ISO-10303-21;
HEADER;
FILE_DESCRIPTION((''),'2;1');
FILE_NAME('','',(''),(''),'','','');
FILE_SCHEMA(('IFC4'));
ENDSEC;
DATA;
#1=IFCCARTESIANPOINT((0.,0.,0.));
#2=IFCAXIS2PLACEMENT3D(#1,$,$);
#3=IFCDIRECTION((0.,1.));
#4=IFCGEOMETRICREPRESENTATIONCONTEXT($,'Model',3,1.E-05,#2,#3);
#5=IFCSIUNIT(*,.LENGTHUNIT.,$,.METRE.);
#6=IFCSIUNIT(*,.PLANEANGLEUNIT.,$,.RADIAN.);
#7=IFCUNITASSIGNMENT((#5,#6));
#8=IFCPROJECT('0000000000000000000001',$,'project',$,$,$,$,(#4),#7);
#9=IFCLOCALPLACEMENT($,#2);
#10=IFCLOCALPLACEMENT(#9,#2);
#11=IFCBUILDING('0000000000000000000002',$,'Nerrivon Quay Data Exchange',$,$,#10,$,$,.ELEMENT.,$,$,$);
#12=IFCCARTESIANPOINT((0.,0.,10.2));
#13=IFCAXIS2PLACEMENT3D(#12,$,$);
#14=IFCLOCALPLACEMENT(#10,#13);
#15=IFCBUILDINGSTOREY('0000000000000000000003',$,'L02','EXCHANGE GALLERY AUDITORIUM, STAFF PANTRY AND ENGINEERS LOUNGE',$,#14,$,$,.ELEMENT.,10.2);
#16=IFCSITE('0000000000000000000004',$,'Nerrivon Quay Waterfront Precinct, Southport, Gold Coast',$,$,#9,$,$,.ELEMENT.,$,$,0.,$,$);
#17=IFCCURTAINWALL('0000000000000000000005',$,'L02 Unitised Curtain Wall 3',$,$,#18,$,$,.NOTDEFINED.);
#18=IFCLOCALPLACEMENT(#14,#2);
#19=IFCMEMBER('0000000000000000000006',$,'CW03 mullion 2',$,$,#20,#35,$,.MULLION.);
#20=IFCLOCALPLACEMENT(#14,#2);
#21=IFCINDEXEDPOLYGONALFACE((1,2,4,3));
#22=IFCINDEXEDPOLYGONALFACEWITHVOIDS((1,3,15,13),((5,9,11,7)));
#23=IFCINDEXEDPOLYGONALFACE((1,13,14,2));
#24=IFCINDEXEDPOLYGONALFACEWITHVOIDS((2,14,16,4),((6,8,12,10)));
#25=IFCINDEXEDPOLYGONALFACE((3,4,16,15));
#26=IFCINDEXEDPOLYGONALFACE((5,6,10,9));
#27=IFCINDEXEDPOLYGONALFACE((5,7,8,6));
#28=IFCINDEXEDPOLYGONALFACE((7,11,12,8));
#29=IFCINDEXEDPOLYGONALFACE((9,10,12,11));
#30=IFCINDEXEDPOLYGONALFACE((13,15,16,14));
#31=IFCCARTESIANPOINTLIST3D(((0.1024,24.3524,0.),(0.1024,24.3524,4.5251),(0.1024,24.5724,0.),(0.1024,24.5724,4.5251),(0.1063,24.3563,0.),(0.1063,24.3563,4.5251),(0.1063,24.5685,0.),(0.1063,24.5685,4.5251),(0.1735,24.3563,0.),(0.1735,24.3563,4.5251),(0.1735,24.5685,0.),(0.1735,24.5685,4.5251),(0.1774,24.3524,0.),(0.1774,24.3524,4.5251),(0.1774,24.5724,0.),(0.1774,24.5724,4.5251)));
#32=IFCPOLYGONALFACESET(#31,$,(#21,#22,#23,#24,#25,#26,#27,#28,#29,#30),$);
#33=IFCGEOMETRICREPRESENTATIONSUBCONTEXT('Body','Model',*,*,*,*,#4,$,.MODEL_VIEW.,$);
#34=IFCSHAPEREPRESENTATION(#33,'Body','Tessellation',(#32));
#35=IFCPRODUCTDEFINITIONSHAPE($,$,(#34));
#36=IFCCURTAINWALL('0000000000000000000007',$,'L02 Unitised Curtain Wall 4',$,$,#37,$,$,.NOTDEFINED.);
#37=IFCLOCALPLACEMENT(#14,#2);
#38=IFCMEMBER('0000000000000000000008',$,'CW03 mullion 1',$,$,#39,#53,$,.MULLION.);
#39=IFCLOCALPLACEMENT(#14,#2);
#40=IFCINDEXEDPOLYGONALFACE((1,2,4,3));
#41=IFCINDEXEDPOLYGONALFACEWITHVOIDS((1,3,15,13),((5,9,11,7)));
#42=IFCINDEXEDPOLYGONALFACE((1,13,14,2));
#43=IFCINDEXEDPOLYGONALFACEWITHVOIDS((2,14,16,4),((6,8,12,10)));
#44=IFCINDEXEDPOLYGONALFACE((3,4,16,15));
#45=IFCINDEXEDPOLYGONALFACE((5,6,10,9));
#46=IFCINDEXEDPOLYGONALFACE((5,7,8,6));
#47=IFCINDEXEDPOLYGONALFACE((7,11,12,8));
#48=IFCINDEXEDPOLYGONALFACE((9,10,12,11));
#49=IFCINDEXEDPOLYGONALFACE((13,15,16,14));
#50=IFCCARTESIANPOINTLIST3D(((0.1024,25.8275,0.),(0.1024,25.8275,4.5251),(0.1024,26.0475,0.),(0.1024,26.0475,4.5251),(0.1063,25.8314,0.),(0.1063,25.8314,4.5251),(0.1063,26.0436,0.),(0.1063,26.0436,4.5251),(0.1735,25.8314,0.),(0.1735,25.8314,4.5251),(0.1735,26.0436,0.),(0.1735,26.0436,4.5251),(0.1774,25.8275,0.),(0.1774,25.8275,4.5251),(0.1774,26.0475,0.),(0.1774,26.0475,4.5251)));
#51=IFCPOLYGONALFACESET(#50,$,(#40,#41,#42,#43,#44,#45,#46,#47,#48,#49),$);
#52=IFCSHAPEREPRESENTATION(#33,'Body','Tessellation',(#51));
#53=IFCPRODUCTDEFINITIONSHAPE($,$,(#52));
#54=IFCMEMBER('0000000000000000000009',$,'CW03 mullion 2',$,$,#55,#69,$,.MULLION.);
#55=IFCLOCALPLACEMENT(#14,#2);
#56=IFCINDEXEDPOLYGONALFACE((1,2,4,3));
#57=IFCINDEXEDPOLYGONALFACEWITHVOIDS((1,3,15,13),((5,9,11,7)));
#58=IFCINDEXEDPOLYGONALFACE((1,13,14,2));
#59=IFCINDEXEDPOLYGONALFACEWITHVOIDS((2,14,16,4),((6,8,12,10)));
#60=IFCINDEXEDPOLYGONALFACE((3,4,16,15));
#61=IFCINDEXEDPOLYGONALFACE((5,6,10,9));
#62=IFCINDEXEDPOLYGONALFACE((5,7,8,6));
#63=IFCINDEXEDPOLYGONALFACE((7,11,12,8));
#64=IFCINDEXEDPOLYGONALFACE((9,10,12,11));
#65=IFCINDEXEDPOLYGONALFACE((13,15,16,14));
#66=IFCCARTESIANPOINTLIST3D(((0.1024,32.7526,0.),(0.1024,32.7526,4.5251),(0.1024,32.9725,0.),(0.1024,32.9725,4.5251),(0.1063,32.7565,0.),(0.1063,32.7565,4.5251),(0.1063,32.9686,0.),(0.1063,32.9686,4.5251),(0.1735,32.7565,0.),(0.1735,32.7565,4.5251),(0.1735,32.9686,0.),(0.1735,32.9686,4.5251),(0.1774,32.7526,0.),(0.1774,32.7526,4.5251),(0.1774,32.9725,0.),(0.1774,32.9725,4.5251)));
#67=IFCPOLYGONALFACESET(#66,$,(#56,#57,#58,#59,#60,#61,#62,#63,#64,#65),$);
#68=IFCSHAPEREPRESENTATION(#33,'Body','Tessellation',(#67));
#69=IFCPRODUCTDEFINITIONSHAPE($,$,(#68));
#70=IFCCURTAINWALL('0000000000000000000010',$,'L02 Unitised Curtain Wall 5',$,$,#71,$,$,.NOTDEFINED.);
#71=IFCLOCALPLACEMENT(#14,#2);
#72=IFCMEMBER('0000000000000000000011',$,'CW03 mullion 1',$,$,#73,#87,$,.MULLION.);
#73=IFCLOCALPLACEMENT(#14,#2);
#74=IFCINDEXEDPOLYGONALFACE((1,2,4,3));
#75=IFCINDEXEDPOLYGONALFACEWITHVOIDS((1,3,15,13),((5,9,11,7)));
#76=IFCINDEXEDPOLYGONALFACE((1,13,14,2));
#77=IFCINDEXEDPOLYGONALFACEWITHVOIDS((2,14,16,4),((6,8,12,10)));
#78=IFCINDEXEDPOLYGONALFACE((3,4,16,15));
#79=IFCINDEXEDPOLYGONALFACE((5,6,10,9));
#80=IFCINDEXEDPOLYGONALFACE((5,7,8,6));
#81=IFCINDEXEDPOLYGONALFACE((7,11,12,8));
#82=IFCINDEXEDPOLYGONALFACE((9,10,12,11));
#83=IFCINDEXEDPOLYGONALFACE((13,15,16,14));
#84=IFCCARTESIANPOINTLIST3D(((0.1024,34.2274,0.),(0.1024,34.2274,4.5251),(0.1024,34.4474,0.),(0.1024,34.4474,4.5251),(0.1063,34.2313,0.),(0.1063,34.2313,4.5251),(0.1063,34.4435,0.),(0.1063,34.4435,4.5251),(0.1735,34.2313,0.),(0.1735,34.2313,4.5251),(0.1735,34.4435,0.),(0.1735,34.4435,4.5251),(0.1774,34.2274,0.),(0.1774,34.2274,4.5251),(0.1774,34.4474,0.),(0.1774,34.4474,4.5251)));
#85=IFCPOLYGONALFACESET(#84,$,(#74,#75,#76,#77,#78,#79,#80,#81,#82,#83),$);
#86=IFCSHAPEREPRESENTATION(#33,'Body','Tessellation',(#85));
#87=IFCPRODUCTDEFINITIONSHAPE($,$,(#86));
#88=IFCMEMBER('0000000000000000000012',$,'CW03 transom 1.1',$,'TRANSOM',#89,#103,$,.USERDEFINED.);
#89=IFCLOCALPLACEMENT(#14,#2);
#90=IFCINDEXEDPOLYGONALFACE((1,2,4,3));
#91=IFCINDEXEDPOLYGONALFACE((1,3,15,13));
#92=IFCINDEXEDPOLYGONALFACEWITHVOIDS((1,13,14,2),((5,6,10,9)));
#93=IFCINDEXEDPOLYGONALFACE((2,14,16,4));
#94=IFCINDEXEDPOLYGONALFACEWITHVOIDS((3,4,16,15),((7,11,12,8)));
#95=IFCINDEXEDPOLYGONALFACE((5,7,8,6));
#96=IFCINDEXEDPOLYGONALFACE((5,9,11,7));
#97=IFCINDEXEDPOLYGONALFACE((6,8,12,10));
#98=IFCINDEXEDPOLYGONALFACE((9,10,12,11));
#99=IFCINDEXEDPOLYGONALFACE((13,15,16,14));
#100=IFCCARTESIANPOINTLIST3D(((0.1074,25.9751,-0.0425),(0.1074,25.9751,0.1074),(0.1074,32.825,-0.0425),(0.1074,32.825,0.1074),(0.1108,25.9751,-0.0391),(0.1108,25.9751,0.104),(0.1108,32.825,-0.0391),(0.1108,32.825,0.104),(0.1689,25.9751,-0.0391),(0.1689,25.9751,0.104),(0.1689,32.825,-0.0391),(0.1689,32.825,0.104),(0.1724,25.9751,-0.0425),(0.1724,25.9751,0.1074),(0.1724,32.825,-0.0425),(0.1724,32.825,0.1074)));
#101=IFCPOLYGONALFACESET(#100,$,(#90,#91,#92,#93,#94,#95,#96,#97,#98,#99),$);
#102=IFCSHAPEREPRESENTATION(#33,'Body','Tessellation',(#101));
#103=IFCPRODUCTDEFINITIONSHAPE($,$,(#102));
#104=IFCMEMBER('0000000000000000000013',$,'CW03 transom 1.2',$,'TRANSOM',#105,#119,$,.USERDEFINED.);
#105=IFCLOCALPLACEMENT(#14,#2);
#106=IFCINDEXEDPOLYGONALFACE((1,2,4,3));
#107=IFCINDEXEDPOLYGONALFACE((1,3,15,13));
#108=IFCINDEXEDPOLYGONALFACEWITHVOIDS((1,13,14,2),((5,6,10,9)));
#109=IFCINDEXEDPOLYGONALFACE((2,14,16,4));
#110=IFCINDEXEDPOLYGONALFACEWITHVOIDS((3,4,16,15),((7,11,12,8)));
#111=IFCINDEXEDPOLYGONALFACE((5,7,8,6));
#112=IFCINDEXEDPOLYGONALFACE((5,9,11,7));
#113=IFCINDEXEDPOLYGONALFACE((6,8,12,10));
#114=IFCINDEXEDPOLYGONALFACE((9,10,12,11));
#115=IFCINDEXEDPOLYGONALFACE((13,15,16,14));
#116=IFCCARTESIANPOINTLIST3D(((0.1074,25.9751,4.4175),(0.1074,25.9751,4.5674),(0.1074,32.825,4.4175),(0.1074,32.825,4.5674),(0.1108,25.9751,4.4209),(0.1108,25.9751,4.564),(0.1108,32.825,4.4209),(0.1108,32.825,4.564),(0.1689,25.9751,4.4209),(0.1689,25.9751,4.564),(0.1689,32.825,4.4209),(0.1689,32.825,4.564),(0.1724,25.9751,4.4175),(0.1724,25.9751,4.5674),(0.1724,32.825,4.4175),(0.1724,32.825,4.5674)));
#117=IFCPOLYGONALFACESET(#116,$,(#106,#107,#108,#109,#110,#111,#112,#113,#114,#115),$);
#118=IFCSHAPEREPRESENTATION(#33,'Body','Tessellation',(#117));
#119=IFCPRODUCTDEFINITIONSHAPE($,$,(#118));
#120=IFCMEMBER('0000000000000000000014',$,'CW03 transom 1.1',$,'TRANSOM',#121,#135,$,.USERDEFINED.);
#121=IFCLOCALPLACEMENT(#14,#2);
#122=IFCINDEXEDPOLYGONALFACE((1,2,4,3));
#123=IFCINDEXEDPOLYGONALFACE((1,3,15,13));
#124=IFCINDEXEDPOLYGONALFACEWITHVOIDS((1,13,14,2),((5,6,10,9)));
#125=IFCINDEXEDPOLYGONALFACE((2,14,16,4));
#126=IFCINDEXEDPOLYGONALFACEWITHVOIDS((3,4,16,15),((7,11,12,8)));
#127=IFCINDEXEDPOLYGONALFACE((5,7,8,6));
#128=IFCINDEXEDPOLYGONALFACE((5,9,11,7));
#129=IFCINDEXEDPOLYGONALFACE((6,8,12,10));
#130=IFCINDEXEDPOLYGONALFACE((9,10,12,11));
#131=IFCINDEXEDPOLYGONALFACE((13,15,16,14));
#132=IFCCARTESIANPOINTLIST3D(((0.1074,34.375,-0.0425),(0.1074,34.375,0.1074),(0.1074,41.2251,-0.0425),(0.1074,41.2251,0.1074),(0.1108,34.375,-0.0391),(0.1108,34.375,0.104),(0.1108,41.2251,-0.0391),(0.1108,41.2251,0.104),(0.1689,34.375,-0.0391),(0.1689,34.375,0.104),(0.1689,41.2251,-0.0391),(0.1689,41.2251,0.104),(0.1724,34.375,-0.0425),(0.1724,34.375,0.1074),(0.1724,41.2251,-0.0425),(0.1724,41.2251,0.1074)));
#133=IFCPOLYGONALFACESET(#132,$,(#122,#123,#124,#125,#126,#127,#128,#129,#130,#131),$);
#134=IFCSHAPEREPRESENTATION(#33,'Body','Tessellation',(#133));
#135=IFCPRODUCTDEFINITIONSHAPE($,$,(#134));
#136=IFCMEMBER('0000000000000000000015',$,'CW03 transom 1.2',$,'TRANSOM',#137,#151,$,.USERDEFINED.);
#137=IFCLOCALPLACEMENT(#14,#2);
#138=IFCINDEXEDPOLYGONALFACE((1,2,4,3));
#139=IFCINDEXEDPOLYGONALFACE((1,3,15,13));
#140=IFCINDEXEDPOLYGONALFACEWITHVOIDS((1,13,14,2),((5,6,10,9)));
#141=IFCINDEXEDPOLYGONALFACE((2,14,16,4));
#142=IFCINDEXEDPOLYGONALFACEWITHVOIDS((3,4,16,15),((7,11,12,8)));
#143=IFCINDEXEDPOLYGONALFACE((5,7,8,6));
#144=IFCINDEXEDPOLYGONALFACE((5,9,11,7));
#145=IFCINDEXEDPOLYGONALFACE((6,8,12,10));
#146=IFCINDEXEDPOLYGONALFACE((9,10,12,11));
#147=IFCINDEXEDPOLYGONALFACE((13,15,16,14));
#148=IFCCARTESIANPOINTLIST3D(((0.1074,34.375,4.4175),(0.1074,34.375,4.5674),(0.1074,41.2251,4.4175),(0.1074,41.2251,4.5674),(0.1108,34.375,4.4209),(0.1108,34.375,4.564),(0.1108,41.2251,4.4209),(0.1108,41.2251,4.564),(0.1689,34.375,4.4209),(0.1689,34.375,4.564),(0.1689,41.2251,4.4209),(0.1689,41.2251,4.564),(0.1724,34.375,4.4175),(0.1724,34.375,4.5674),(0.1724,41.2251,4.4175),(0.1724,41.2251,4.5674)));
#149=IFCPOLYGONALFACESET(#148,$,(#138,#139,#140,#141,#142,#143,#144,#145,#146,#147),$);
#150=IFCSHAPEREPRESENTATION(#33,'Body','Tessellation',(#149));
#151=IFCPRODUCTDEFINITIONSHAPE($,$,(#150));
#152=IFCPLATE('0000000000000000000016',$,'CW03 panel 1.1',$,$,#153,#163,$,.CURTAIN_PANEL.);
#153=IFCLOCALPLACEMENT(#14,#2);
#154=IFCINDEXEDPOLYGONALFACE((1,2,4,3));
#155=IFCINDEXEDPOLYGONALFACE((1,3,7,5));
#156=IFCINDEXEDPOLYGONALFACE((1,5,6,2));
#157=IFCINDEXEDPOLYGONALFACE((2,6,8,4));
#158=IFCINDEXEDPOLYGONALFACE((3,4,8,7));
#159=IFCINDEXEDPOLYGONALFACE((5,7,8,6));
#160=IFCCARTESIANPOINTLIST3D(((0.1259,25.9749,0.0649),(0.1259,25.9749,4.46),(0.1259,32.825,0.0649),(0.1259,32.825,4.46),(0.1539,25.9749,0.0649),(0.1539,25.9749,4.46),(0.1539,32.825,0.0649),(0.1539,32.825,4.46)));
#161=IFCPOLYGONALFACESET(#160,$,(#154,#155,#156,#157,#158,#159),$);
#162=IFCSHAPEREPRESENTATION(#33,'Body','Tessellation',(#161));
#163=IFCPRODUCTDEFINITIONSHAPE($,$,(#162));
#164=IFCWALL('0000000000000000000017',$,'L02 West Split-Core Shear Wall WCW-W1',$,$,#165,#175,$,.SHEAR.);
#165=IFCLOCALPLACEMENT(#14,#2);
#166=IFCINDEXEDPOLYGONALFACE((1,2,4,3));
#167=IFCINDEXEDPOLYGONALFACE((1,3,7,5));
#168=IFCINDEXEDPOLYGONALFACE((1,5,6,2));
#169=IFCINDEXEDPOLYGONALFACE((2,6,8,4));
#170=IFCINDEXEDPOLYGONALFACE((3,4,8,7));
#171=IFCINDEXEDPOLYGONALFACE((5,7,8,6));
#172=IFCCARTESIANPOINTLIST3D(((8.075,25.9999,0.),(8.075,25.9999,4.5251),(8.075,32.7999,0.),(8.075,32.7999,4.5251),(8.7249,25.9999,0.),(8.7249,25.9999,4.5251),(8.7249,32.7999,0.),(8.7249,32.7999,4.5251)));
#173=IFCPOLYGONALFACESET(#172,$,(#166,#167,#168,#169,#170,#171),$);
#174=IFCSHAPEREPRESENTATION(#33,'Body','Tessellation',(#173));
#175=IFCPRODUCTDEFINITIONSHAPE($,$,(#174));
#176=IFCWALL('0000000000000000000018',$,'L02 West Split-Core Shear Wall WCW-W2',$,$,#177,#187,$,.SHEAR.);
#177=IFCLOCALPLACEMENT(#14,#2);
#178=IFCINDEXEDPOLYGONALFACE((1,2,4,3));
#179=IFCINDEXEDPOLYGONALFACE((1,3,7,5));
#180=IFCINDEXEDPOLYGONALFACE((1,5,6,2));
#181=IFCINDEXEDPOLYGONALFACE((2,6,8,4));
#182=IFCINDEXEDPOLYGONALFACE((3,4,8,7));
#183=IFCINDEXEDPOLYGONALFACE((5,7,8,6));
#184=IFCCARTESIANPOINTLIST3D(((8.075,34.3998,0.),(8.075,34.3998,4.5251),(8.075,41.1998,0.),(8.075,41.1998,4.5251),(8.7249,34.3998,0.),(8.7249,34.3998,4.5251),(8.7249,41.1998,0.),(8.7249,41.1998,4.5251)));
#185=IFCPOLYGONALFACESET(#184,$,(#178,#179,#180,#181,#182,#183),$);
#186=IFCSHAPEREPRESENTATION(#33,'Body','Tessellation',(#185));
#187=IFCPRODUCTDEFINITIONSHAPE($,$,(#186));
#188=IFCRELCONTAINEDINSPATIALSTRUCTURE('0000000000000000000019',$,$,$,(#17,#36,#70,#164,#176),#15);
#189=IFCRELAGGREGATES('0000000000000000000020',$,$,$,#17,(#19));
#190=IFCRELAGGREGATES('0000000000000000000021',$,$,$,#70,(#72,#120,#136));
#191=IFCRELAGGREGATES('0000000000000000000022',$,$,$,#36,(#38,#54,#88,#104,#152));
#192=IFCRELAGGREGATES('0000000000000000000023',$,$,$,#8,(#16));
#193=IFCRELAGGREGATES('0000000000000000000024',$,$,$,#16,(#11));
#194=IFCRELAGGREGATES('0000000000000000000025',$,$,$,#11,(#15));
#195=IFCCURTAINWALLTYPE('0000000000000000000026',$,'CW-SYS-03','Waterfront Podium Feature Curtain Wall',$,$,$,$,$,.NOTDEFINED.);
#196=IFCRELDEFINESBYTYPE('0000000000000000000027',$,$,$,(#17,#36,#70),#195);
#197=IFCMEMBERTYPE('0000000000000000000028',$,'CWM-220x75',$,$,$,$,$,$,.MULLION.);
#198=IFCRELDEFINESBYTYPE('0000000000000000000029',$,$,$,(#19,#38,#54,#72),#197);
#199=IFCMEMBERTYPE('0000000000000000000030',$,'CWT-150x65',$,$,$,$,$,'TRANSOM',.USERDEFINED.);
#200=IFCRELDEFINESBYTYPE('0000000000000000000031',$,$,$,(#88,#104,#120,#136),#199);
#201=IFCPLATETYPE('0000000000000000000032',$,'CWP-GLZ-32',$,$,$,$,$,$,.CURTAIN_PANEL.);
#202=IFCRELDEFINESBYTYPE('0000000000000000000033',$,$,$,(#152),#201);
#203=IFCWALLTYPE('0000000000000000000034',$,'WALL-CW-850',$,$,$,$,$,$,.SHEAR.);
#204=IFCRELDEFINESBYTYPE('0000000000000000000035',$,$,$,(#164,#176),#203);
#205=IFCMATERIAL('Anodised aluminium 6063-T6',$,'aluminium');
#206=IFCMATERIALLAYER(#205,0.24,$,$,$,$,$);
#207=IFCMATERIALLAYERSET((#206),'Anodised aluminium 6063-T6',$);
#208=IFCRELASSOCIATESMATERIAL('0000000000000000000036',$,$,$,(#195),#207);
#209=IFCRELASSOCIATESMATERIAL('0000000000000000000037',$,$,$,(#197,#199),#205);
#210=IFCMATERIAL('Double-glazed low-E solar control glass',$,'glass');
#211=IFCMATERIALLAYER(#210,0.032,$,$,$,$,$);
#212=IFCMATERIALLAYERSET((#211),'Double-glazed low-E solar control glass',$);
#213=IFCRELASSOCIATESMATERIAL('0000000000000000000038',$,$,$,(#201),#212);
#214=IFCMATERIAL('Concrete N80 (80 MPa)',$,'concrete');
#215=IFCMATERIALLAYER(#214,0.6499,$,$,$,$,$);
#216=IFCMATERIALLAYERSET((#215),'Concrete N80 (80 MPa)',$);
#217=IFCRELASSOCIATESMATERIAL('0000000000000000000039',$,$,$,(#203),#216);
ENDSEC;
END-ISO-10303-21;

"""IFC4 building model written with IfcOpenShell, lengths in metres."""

from ifc_helpers import new_model, si_unit, direction, frame, frame_2d, origin, origin_2d, place, context, subcontext, project, spatial, rectangle, hollow_rectangle, extrude, material, layer, layer_set, material_profile, profile_set, type_object, element, aggregate, save


model = new_model("IFC4")

# Units and contexts
model_context = context("Model", 3, precision=1e-05, world=origin(), true_north=direction((0.0, 1.0)))
body_context = subcontext(model_context, "Body", "Model", "MODEL_VIEW")
ifc_project = project(units=[si_unit("LENGTHUNIT", "METRE"), si_unit("PLANEANGLEUNIT", "RADIAN")], contexts=[model_context])

# Site, building, storey
site_placement = place(None, origin())
site = spatial("IfcSite", under=ifc_project, at=site_placement, Name="Nerrivon Quay Waterfront Precinct, Southport, Gold Coast", CompositionType="ELEMENT", RefElevation=0.0)
building_placement = place(site_placement, origin())
building = spatial("IfcBuilding", under=site, at=building_placement, Name="Nerrivon Quay Data Exchange", CompositionType="ELEMENT")
storey_placement = place(building_placement, frame((0.0, 0.0, 10.2)))
storey = spatial("IfcBuildingStorey", under=building, at=storey_placement, Name="L02", Description="EXCHANGE GALLERY AUDITORIUM, STAFF PANTRY AND ENGINEERS LOUNGE", CompositionType="ELEMENT", Elevation=10.2)

# Shared definitions
ifc_material_1 = material(Name="Concrete N80 (80 MPa)", Category="concrete")

# Curtain wall, member
ifc_material_2 = material(Name="Anodised aluminium 6063-T6", Category="aluminium")
ifc_layer_1 = layer(ifc_material_2, 0.24)
ifc_layer_set_1 = layer_set([ifc_layer_1], Name="Anodised aluminium 6063-T6")
curtain_wall_type = type_object("IfcCurtainWallType", Name="CW-SYS-03", Description="Waterfront Podium Feature Curtain Wall", PredefinedType="NOTDEFINED", material=ifc_layer_set_1)
curtain_wall_1_placement = place(storey_placement, origin())
curtain_wall_1 = element("IfcCurtainWall", 1, at=curtain_wall_1_placement, inside=storey, type_object=curtain_wall_type, Name="L02 Unitised Curtain Wall 3", PredefinedType="NOTDEFINED")
ifc_material_profile_1 = material_profile(ifc_material_2, hollow_rectangle(XDim=0.075, YDim=0.22, WallThickness=0.0039, at=origin_2d()), Name="ALU-MULL-220x75")
ifc_profile_set_1 = profile_set([ifc_material_profile_1], Name="Anodised aluminium 6063-T6")
member_type_1 = type_object("IfcMemberType", Name="CWM-220x75", PredefinedType="MULLION", material=ifc_profile_set_1)
member_1_placement = place(storey_placement, frame((0.1399, 24.4624, 0.0), z_axis=(0.0, 0.0, 1.0), x_axis=(-1.0, 0.0, 0.0)))
member_1 = element("IfcMember", 2, at=member_1_placement, type_object=member_type_1, Name="CW03 mullion 2", PredefinedType="MULLION", context=body_context, shape_type="SweptSolid", body=[
    extrude(hollow_rectangle(XDim=0.075, YDim=0.22, WallThickness=0.0039, at=origin_2d()), origin(), (0.0, 0.0, 1.0), 4.5251),
])
aggregate(curtain_wall_1, [member_1])

# Curtain wall, members
curtain_wall_2_placement = place(storey_placement, origin())
curtain_wall_2 = element("IfcCurtainWall", 3, at=curtain_wall_2_placement, inside=storey, type_object=curtain_wall_type, Name="L02 Unitised Curtain Wall 4", PredefinedType="NOTDEFINED")
member_2_placement = place(storey_placement, frame((0.1399, 25.9375, 0.0), z_axis=(0.0, 0.0, 1.0), x_axis=(-1.0, 0.0, 0.0)))
member_2 = element("IfcMember", 4, at=member_2_placement, type_object=member_type_1, Name="CW03 mullion 1", PredefinedType="MULLION", context=body_context, shape_type="SweptSolid", body=[
    extrude(hollow_rectangle(XDim=0.075, YDim=0.22, WallThickness=0.0039, at=origin_2d()), origin(), (0.0, 0.0, 1.0), 4.5251),
])
member_3_placement = place(storey_placement, frame((0.1399, 32.8625, 0.0), z_axis=(0.0, 0.0, 1.0), x_axis=(-1.0, 0.0, 0.0)))
member_3 = element("IfcMember", 5, at=member_3_placement, type_object=member_type_1, Name="CW03 mullion 2", PredefinedType="MULLION", context=body_context, shape_type="SweptSolid", body=[
    extrude(hollow_rectangle(XDim=0.075, YDim=0.22, WallThickness=0.0039, at=origin_2d()), origin(), (0.0, 0.0, 1.0), 4.5251),
])

# Curtain wall, member
curtain_wall_3_placement = place(storey_placement, origin())
curtain_wall_3 = element("IfcCurtainWall", 6, at=curtain_wall_3_placement, inside=storey, type_object=curtain_wall_type, Name="L02 Unitised Curtain Wall 5", PredefinedType="NOTDEFINED")
member_4_placement = place(storey_placement, frame((0.1399, 34.3374, 0.0), z_axis=(0.0, 0.0, 1.0), x_axis=(-1.0, 0.0, 0.0)))
member_4 = element("IfcMember", 7, at=member_4_placement, type_object=member_type_1, Name="CW03 mullion 1", PredefinedType="MULLION", context=body_context, shape_type="SweptSolid", body=[
    extrude(hollow_rectangle(XDim=0.075, YDim=0.22, WallThickness=0.0039, at=origin_2d()), origin(), (0.0, 0.0, 1.0), 4.5251),
])

# Members
ifc_material_profile_2 = material_profile(ifc_material_2, hollow_rectangle(XDim=0.0649, YDim=0.1499, WallThickness=0.0034, at=origin_2d()), Name="ALU-TRAN-150x65")
ifc_profile_set_2 = profile_set([ifc_material_profile_2], Name="Anodised aluminium 6063-T6")
member_type_2 = type_object("IfcMemberType", Name="CWT-150x65", ElementType="TRANSOM", PredefinedType="USERDEFINED", material=ifc_profile_set_2)
member_5_placement = place(storey_placement, frame((0.1399, 25.9751, 0.0325), z_axis=(0.0, 1.0, 0.0), x_axis=(-1.0, 0.0, 0.0)))
member_5 = element("IfcMember", 8, at=member_5_placement, type_object=member_type_2, Name="CW03 transom 1.1", ObjectType="TRANSOM", PredefinedType="USERDEFINED", context=body_context, shape_type="SweptSolid", body=[
    extrude(hollow_rectangle(XDim=0.0649, YDim=0.1499, WallThickness=0.0034, at=origin_2d()), origin(), (0.0, 0.0, 1.0), 6.8499),
])
member_6_placement = place(storey_placement, frame((0.1399, 25.9751, 4.4924), z_axis=(0.0, 1.0, 0.0), x_axis=(-1.0, 0.0, 0.0)))
member_6 = element("IfcMember", 9, at=member_6_placement, type_object=member_type_2, Name="CW03 transom 1.2", ObjectType="TRANSOM", PredefinedType="USERDEFINED", context=body_context, shape_type="SweptSolid", body=[
    extrude(hollow_rectangle(XDim=0.0649, YDim=0.1499, WallThickness=0.0034, at=origin_2d()), origin(), (0.0, 0.0, 1.0), 6.8499),
])
member_7_placement = place(storey_placement, frame((0.1399, 34.375, 0.0325), z_axis=(0.0, 1.0, 0.0), x_axis=(-1.0, 0.0, 0.0)))
member_7 = element("IfcMember", 10, at=member_7_placement, type_object=member_type_2, Name="CW03 transom 1.1", ObjectType="TRANSOM", PredefinedType="USERDEFINED", context=body_context, shape_type="SweptSolid", body=[
    extrude(hollow_rectangle(XDim=0.0649, YDim=0.1499, WallThickness=0.0034, at=origin_2d()), origin(), (0.0, 0.0, 1.0), 6.8501),
])
member_8_placement = place(storey_placement, frame((0.1399, 34.375, 4.4924), z_axis=(0.0, 1.0, 0.0), x_axis=(-1.0, 0.0, 0.0)))
member_8 = element("IfcMember", 11, at=member_8_placement, type_object=member_type_2, Name="CW03 transom 1.2", ObjectType="TRANSOM", PredefinedType="USERDEFINED", context=body_context, shape_type="SweptSolid", body=[
    extrude(hollow_rectangle(XDim=0.0649, YDim=0.1499, WallThickness=0.0034, at=origin_2d()), origin(), (0.0, 0.0, 1.0), 6.8501),
])
aggregate(curtain_wall_3, [member_4, member_7, member_8])

# Plate
ifc_material_3 = material(Name="Double-glazed low-E solar control glass", Category="glass")
ifc_layer_2 = layer(ifc_material_3, 0.032)
ifc_layer_set_2 = layer_set([ifc_layer_2], Name="Double-glazed low-E solar control glass")
plate_type = type_object("IfcPlateType", Name="CWP-GLZ-32", PredefinedType="CURTAIN_PANEL", material=ifc_layer_set_2)
plate_placement = place(storey_placement, frame((0.1399, 29.3999, 0.0649), z_axis=(0.0, 0.0, 1.0), x_axis=(0.0, 1.0, 0.0)))
plate = element("IfcPlate", 12, at=plate_placement, type_object=plate_type, Name="CW03 panel 1.1", PredefinedType="CURTAIN_PANEL", context=body_context, shape_type="SweptSolid", body=[
    extrude(rectangle(XDim=6.8501, YDim=0.0281, at=origin_2d()), origin(), (0.0, 0.0, 1.0), 4.395),
])
aggregate(curtain_wall_2, [member_2, member_3, member_5, member_6, plate])

# Walls
ifc_layer_3 = layer(ifc_material_1, 0.6499)
ifc_layer_set_3 = layer_set([ifc_layer_3], Name="Concrete N80 (80 MPa)")
wall_type_1 = type_object("IfcWallType", Name="WALL-CW-850", PredefinedType="SHEAR", material=ifc_layer_set_3)
for number, where, z_axis, x_axis, name in (
    (13, (8.3999, 26.0, 0.0), (0.0, 0.0, 1.0), (0.0, 1.0, 0.0), "L02 West Split-Core Shear Wall WCW-W1"),
    (14, (8.3999, 34.3999, 0.0), (0.0, 0.0, 1.0), (0.0, 1.0, 0.0), "L02 West Split-Core Shear Wall WCW-W2"),
):
    element("IfcWall", number, at=place(storey_placement, frame(where, z_axis=z_axis, x_axis=x_axis)), inside=storey, type_object=wall_type_1, Name=name, PredefinedType="SHEAR", context=body_context, shape_type="SweptSolid", body=[
        extrude(rectangle(XDim=6.8, YDim=0.6499, at=frame_2d((3.3999, 0.0))), origin(), (0.0, 0.0, 1.0), 4.5251),
    ])

save(model, "model.ifc")
